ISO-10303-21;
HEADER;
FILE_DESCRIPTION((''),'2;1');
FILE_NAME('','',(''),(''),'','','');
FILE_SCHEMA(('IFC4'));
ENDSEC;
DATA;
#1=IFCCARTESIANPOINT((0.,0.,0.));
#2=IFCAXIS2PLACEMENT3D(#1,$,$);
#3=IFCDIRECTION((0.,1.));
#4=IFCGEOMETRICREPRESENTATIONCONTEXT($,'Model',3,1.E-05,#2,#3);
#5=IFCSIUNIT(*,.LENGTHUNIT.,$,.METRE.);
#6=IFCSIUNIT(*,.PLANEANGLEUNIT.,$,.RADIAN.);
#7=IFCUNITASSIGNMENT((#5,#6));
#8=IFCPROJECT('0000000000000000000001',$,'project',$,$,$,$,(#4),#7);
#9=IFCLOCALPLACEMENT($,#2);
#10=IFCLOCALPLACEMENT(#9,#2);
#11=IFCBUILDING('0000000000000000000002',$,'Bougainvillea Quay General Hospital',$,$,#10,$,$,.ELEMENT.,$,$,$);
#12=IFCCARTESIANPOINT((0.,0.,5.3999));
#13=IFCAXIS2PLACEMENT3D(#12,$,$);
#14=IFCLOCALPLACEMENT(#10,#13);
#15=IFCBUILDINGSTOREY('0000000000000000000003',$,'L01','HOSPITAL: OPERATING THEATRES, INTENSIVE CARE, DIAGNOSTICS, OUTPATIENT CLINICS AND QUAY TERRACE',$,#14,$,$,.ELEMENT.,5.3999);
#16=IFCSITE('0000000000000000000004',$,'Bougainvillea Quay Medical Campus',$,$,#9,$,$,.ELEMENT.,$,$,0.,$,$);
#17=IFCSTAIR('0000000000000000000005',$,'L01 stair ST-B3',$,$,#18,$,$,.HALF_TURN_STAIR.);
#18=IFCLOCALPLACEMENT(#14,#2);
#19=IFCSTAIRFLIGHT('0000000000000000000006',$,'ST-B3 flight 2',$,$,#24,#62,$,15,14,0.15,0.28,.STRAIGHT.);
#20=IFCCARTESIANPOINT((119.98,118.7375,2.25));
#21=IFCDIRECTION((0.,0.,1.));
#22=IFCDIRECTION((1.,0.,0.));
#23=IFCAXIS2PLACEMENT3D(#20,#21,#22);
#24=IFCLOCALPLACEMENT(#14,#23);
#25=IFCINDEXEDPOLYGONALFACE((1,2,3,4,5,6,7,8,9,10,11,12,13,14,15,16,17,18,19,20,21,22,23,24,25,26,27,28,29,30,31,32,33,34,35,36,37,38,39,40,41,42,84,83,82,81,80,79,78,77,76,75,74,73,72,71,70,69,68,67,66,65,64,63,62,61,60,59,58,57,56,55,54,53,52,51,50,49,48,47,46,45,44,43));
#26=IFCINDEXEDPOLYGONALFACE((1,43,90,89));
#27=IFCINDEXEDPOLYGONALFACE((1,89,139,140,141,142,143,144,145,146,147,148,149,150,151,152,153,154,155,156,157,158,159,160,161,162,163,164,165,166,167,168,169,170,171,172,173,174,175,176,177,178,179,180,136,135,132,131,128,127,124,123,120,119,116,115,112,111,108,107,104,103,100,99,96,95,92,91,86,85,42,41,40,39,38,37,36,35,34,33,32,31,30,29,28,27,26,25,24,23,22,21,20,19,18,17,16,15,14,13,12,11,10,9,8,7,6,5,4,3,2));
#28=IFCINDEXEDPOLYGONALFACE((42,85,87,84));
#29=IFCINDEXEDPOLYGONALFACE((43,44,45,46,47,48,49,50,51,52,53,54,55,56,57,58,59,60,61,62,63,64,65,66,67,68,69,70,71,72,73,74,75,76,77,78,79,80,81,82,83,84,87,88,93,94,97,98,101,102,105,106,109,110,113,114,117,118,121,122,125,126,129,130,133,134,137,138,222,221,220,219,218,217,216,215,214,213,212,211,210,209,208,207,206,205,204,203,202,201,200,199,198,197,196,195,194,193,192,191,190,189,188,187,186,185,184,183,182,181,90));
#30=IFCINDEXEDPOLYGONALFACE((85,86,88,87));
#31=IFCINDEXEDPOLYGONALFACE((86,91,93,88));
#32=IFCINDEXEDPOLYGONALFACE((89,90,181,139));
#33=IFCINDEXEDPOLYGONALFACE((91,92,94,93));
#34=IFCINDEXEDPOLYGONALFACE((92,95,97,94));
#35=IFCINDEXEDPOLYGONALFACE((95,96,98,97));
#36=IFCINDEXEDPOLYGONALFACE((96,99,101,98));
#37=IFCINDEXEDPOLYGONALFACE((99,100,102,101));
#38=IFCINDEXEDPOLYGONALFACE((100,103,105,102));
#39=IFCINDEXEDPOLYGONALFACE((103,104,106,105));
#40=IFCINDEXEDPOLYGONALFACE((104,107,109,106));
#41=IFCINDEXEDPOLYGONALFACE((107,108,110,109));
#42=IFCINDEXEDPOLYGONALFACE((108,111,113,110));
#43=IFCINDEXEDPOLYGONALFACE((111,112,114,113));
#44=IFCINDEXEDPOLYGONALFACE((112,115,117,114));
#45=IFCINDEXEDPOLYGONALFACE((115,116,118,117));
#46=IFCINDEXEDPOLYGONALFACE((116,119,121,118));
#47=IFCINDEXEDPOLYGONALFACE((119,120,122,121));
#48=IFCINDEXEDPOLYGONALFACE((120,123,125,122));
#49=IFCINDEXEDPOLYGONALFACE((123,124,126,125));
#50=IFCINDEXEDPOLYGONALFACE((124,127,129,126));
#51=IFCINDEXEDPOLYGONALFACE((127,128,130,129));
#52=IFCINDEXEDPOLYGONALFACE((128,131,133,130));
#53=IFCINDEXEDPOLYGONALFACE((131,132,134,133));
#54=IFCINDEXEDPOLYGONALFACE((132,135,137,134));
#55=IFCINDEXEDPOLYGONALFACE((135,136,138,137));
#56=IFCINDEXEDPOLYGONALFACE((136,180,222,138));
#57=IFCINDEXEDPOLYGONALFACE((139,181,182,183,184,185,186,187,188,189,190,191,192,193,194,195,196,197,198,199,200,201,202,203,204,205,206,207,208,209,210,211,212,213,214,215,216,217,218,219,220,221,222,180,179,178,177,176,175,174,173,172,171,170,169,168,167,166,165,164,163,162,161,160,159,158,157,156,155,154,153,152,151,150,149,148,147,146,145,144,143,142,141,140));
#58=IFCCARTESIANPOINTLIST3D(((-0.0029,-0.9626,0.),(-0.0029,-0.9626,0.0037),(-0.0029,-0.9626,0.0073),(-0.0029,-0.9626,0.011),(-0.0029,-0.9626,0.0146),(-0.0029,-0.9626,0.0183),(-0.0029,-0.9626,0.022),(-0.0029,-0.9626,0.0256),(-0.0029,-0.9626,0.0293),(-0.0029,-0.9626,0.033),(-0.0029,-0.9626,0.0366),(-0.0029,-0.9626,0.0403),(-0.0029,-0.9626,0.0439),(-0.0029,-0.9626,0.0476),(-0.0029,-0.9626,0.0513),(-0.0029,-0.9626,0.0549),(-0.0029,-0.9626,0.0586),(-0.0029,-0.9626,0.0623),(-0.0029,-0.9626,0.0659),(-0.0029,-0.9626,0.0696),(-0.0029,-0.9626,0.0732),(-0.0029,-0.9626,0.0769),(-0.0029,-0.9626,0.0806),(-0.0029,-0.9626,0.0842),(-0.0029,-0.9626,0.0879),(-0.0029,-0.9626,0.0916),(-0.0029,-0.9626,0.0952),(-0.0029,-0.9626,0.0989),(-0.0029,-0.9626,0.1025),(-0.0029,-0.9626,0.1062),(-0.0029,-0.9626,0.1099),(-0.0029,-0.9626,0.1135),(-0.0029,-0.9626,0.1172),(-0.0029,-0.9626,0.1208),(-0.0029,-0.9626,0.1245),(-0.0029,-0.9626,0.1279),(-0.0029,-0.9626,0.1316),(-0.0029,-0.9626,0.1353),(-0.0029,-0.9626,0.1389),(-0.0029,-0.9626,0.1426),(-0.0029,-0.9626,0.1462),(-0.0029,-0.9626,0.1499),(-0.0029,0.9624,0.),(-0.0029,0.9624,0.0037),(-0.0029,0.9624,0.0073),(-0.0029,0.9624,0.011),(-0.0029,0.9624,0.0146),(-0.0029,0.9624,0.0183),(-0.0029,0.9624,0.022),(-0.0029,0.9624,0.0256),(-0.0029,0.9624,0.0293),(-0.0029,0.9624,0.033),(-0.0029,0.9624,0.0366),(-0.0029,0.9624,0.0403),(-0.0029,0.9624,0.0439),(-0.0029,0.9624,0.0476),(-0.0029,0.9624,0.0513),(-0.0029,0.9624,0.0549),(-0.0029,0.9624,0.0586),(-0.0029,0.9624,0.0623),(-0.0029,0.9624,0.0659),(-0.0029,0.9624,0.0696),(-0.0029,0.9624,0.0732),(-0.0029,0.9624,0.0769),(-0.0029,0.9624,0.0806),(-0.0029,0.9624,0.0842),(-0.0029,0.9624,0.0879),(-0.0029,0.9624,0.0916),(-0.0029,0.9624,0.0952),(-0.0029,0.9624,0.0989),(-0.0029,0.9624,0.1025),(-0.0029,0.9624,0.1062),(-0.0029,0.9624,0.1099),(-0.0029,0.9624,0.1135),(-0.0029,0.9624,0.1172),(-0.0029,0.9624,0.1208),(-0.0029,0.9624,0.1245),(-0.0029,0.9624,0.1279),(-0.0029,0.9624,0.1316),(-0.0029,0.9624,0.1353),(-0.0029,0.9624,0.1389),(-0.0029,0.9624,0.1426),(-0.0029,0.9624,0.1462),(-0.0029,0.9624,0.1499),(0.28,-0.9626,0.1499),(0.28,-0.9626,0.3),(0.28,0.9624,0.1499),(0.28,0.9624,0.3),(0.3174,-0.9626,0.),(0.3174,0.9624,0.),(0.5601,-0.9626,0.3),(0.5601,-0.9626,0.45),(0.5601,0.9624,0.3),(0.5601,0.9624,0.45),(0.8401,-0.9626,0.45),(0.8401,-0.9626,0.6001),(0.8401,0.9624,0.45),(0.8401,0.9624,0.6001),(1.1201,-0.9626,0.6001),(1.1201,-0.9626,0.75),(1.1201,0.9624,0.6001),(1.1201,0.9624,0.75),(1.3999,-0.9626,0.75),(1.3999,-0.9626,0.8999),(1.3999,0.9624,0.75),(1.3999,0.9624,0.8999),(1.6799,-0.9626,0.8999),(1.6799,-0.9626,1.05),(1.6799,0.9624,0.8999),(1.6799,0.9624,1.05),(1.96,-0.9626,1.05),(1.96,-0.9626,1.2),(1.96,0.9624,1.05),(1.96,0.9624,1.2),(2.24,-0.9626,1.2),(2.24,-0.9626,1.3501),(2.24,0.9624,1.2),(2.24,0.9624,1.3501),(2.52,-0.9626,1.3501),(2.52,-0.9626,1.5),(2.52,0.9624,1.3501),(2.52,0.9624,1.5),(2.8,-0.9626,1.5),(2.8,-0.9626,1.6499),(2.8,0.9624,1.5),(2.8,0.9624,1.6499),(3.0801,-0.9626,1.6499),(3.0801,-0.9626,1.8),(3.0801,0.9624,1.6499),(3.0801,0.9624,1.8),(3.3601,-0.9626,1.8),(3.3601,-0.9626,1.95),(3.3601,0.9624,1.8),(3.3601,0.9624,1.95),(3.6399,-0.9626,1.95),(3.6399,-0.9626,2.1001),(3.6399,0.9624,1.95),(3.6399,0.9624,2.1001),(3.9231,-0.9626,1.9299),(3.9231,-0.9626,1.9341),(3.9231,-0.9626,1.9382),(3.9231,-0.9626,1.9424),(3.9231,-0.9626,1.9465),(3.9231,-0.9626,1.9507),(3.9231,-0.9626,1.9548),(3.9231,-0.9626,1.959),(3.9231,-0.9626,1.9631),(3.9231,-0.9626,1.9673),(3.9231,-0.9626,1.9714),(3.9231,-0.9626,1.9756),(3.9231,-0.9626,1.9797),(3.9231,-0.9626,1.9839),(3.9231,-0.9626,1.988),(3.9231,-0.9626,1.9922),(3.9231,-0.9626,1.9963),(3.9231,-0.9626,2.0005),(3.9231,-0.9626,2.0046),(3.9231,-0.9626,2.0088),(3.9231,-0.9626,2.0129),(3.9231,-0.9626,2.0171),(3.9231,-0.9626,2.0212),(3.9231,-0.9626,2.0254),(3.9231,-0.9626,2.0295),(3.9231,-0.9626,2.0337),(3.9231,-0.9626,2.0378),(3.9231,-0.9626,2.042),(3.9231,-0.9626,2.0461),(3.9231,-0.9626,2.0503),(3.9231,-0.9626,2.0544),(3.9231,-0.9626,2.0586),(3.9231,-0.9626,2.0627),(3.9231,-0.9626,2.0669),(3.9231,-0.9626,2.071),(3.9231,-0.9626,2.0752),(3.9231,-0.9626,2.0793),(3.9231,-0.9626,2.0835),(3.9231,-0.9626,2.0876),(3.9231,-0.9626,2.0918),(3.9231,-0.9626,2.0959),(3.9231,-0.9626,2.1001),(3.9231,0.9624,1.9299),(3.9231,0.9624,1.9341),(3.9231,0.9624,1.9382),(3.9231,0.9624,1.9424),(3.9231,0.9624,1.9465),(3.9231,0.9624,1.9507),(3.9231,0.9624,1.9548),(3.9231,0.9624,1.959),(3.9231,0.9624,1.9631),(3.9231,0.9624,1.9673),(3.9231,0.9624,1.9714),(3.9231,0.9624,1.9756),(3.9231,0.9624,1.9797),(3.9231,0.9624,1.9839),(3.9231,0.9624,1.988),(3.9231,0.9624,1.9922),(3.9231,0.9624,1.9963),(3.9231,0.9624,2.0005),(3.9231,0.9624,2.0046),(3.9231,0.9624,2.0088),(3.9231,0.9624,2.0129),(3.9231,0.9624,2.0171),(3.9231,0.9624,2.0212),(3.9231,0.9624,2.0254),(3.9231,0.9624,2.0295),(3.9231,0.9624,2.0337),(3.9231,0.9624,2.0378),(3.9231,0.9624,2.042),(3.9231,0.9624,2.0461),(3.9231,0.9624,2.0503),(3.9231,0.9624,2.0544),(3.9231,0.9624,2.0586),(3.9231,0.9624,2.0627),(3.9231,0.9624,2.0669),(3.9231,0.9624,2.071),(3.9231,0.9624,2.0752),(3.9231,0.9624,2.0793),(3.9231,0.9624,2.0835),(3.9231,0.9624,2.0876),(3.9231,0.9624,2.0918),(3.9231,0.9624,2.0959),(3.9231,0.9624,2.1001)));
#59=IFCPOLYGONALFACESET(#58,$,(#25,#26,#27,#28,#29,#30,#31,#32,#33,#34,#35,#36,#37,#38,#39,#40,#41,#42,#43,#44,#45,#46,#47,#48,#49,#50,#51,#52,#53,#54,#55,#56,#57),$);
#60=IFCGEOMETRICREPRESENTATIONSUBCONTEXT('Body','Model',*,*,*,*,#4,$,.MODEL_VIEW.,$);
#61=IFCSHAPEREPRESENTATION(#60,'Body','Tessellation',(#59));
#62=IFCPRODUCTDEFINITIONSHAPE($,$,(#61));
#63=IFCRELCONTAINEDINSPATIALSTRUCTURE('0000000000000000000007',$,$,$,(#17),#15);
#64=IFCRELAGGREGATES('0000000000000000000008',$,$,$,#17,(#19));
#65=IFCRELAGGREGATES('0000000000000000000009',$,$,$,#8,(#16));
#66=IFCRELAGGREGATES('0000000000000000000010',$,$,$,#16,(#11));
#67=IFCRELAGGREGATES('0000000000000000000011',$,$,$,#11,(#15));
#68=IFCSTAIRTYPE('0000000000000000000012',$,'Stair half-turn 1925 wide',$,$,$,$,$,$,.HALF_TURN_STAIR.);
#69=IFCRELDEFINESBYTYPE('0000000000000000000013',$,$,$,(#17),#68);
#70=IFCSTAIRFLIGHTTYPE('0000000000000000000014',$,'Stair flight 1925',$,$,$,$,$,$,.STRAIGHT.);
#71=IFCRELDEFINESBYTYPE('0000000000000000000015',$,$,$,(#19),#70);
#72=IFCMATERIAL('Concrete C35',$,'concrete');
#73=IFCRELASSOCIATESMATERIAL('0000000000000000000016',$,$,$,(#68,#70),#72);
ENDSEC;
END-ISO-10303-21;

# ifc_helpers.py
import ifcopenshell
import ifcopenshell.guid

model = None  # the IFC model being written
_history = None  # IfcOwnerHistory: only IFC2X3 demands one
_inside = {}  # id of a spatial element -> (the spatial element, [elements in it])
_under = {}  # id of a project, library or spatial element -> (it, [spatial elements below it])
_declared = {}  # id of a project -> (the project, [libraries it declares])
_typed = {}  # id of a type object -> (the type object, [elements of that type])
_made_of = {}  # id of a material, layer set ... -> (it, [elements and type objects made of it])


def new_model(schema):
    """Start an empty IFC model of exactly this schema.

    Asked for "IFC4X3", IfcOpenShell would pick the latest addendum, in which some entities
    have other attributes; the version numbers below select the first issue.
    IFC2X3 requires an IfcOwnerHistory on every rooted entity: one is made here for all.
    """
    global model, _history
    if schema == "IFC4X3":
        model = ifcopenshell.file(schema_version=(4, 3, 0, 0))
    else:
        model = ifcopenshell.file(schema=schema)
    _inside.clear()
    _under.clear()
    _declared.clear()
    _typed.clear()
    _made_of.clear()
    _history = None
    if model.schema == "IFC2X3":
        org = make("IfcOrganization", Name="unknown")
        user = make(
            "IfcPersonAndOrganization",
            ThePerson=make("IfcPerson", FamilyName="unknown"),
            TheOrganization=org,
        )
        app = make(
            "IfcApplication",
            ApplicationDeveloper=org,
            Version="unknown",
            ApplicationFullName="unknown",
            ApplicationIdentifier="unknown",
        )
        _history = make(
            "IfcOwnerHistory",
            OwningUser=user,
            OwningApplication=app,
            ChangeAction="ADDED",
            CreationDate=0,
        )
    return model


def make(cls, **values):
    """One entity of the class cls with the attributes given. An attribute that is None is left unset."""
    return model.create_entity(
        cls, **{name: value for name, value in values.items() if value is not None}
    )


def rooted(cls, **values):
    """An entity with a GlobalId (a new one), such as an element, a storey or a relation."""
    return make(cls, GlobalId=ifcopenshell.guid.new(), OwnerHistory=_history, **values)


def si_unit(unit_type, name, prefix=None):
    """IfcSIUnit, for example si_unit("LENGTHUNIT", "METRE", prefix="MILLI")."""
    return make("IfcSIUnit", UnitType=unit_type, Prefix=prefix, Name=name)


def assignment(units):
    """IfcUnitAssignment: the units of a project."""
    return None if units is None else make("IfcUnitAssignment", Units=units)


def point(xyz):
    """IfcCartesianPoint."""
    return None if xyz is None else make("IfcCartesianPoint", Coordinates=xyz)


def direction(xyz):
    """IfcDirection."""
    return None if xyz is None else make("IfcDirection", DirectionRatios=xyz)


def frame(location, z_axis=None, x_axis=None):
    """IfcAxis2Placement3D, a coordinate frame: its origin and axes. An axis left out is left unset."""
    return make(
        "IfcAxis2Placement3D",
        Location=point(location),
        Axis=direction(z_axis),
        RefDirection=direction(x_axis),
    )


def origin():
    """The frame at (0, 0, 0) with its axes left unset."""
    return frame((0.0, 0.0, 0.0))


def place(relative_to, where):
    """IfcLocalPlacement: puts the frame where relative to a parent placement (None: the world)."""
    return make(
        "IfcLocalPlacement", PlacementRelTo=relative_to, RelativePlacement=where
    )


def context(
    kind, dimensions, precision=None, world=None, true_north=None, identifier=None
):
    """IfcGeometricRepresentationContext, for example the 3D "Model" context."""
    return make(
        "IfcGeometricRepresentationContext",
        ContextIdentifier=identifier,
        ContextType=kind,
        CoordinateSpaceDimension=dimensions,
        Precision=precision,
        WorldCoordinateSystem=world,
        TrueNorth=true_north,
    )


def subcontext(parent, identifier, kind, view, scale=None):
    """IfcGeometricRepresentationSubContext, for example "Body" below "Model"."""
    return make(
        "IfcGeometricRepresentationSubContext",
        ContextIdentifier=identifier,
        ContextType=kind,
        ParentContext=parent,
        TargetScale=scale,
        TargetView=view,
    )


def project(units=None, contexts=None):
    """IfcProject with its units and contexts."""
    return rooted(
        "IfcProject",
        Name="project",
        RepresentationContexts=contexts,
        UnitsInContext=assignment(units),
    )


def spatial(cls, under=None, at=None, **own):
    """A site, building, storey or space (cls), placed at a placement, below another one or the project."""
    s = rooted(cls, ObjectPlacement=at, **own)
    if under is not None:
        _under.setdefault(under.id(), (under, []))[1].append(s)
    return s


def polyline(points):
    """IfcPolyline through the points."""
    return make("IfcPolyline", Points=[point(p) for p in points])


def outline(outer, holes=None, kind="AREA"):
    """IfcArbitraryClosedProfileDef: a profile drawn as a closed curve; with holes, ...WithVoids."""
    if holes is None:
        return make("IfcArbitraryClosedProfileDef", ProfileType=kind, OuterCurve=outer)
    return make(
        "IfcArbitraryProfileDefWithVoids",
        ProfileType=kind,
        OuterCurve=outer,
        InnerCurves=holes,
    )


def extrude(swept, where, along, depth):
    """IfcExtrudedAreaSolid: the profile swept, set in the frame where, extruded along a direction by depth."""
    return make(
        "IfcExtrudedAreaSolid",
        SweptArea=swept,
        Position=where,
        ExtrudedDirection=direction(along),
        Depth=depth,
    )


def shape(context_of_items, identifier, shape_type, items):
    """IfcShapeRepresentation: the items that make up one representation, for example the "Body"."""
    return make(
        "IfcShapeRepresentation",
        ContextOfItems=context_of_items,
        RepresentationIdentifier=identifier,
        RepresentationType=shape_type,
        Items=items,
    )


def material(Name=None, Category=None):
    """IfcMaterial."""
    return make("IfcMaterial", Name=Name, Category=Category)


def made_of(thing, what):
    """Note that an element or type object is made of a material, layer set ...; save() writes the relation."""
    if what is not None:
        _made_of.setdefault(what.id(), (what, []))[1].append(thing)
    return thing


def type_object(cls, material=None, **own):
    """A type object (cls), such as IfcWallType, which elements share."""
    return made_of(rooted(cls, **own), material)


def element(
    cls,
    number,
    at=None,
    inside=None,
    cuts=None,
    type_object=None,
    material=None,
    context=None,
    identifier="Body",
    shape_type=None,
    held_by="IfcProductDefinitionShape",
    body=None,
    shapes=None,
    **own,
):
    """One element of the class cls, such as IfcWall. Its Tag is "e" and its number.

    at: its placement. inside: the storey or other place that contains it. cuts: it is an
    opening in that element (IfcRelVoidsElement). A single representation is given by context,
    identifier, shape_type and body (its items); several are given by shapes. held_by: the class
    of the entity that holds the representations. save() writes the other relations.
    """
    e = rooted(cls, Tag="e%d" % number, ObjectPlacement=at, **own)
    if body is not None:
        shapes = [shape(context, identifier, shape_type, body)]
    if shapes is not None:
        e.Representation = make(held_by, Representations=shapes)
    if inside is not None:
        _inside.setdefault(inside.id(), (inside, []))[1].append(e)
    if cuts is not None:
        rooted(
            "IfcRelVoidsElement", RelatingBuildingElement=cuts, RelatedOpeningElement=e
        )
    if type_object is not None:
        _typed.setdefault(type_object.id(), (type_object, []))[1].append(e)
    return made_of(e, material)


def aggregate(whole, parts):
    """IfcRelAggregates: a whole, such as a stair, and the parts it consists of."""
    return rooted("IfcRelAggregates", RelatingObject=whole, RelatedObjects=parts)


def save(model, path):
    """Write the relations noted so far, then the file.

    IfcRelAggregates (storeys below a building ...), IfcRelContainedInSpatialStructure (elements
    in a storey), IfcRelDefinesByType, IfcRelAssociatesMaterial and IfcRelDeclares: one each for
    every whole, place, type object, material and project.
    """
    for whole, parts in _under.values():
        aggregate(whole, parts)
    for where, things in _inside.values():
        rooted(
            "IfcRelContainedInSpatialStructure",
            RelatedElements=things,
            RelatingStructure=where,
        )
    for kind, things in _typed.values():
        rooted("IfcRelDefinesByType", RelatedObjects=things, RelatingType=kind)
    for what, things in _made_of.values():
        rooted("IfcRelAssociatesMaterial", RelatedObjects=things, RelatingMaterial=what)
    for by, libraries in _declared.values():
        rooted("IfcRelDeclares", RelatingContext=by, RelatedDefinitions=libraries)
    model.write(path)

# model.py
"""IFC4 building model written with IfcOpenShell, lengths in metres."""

from ifc_helpers import new_model, si_unit, direction, frame, origin, place, context, subcontext, project, spatial, polyline, outline, extrude, material, type_object, element, aggregate, save


model = new_model("IFC4")

# Units and contexts
model_context = context("Model", 3, precision=1e-05, world=origin(), true_north=direction((0.0, 1.0)))
body_context = subcontext(model_context, "Body", "Model", "MODEL_VIEW")
ifc_project = project(units=[si_unit("LENGTHUNIT", "METRE"), si_unit("PLANEANGLEUNIT", "RADIAN")], contexts=[model_context])

# Site, building, storey
site_placement = place(None, origin())
site = spatial("IfcSite", under=ifc_project, at=site_placement, Name="Bougainvillea Quay Medical Campus", CompositionType="ELEMENT", RefElevation=0.0)
building_placement = place(site_placement, origin())
building = spatial("IfcBuilding", under=site, at=building_placement, Name="Bougainvillea Quay General Hospital", CompositionType="ELEMENT")
storey_placement = place(building_placement, frame((0.0, 0.0, 5.3999)))
storey = spatial("IfcBuildingStorey", under=building, at=storey_placement, Name="L01", Description="HOSPITAL: OPERATING THEATRES, INTENSIVE CARE, DIAGNOSTICS, OUTPATIENT CLINICS AND QUAY TERRACE", CompositionType="ELEMENT", Elevation=5.3999)

# Stair, stair flight
ifc_material_1 = material(Name="Concrete C35", Category="concrete")
stair_type = type_object("IfcStairType", Name="Stair half-turn 1925 wide", PredefinedType="HALF_TURN_STAIR", material=ifc_material_1)
stair_placement = place(storey_placement, origin())
stair = element("IfcStair", 1, at=stair_placement, inside=storey, type_object=stair_type, Name="L01 stair ST-B3", PredefinedType="HALF_TURN_STAIR")
stair_flight_type = type_object("IfcStairFlightType", Name="Stair flight 1925", PredefinedType="STRAIGHT", material=ifc_material_1)
stair_flight_placement = place(storey_placement, frame((119.98, 118.7375, 2.25), z_axis=(0.0, 0.0, 1.0), x_axis=(1.0, 0.0, 0.0)))
stair_flight = element("IfcStairFlight", 2, at=stair_flight_placement, type_object=stair_flight_type, Name="ST-B3 flight 2", NumberOfRisers=15, NumberOfTreads=14, PredefinedType="STRAIGHT", RiserHeight=0.15, TreadLength=0.28, context=body_context, shape_type="SweptSolid", body=[
    extrude(outline(polyline([(-0.0029, 0.0), (-0.0029, 0.0037), (-0.0029, 0.0073), (-0.0029, 0.011), (-0.0029, 0.0146), (-0.0029, 0.0183), (-0.0029, 0.022), (-0.0029, 0.0256), (-0.0029, 0.0293), (-0.0029, 0.033), (-0.0029, 0.0366), (-0.0029, 0.0403), (-0.0029, 0.0439), (-0.0029, 0.0476), (-0.0029, 0.0513), (-0.0029, 0.0549), (-0.0029, 0.0586), (-0.0029, 0.0623), (-0.0029, 0.0659), (-0.0029, 0.0696), (-0.0029, 0.0732), (-0.0029, 0.0769), (-0.0029, 0.0806), (-0.0029, 0.0842), (-0.0029, 0.0879), (-0.0029, 0.0916), (-0.0029, 0.0952), (-0.0029, 0.0989), (-0.0029, 0.1025), (-0.0029, 0.1062), (-0.0029, 0.1099), (-0.0029, 0.1135), (-0.0029, 0.1172), (-0.0029, 0.1208), (-0.0029, 0.1245), (-0.0029, 0.1279), (-0.0029, 0.1316), (-0.0029, 0.1353), (-0.0029, 0.1389), (-0.0029, 0.1426), (-0.0029, 0.1462), (-0.0029, 0.1499), (0.28, 0.1499), (0.28, 0.3), (0.5601, 0.3), (0.5601, 0.45), (0.8401, 0.45), (0.8401, 0.6001), (1.1201, 0.6001), (1.1201, 0.75), (1.3999, 0.75), (1.3999, 0.8999), (1.6799, 0.8999), (1.6799, 1.05), (1.96, 1.05), (1.96, 1.2), (2.24, 1.2), (2.24, 1.3501), (2.52, 1.3501), (2.52, 1.5), (2.8, 1.5), (2.8, 1.6499), (3.0801, 1.6499), (3.0801, 1.8), (3.3601, 1.8), (3.3601, 1.95), (3.6399, 1.95), (3.6399, 2.1001), (3.9231, 2.1001), (3.9231, 2.0959), (3.9231, 2.0918), (3.9231, 2.0876), (3.9231, 2.0835), (3.9231, 2.0793), (3.9231, 2.0752), (3.9231, 2.071), (3.9231, 2.0669), (3.9231, 2.0627), (3.9231, 2.0586), (3.9231, 2.0544), (3.9231, 2.0503), (3.9231, 2.0461), (3.9231, 2.042), (3.9231, 2.0378), (3.9231, 2.0337), (3.9231, 2.0295), (3.9231, 2.0254), (3.9231, 2.0212), (3.9231, 2.0171), (3.9231, 2.0129), (3.9231, 2.0088), (3.9231, 2.0046), (3.9231, 2.0005), (3.9231, 1.9963), (3.9231, 1.9922), (3.9231, 1.988), (3.9231, 1.9839), (3.9231, 1.9797), (3.9231, 1.9756), (3.9231, 1.9714), (3.9231, 1.9673), (3.9231, 1.9631), (3.9231, 1.959), (3.9231, 1.9548), (3.9231, 1.9507), (3.9231, 1.9465), (3.9231, 1.9424), (3.9231, 1.9382), (3.9231, 1.9341), (3.9231, 1.9299), (0.3174, 0.0), (-0.0029, 0.0)])), frame((0.0, 0.9624, 0.0), z_axis=(0.0, -1.0, 0.0), x_axis=(1.0, 0.0, 0.0)), (0.0, 0.0, 1.0), 1.925),
])
aggregate(stair, [stair_flight])

save(model, "model.ifc")
